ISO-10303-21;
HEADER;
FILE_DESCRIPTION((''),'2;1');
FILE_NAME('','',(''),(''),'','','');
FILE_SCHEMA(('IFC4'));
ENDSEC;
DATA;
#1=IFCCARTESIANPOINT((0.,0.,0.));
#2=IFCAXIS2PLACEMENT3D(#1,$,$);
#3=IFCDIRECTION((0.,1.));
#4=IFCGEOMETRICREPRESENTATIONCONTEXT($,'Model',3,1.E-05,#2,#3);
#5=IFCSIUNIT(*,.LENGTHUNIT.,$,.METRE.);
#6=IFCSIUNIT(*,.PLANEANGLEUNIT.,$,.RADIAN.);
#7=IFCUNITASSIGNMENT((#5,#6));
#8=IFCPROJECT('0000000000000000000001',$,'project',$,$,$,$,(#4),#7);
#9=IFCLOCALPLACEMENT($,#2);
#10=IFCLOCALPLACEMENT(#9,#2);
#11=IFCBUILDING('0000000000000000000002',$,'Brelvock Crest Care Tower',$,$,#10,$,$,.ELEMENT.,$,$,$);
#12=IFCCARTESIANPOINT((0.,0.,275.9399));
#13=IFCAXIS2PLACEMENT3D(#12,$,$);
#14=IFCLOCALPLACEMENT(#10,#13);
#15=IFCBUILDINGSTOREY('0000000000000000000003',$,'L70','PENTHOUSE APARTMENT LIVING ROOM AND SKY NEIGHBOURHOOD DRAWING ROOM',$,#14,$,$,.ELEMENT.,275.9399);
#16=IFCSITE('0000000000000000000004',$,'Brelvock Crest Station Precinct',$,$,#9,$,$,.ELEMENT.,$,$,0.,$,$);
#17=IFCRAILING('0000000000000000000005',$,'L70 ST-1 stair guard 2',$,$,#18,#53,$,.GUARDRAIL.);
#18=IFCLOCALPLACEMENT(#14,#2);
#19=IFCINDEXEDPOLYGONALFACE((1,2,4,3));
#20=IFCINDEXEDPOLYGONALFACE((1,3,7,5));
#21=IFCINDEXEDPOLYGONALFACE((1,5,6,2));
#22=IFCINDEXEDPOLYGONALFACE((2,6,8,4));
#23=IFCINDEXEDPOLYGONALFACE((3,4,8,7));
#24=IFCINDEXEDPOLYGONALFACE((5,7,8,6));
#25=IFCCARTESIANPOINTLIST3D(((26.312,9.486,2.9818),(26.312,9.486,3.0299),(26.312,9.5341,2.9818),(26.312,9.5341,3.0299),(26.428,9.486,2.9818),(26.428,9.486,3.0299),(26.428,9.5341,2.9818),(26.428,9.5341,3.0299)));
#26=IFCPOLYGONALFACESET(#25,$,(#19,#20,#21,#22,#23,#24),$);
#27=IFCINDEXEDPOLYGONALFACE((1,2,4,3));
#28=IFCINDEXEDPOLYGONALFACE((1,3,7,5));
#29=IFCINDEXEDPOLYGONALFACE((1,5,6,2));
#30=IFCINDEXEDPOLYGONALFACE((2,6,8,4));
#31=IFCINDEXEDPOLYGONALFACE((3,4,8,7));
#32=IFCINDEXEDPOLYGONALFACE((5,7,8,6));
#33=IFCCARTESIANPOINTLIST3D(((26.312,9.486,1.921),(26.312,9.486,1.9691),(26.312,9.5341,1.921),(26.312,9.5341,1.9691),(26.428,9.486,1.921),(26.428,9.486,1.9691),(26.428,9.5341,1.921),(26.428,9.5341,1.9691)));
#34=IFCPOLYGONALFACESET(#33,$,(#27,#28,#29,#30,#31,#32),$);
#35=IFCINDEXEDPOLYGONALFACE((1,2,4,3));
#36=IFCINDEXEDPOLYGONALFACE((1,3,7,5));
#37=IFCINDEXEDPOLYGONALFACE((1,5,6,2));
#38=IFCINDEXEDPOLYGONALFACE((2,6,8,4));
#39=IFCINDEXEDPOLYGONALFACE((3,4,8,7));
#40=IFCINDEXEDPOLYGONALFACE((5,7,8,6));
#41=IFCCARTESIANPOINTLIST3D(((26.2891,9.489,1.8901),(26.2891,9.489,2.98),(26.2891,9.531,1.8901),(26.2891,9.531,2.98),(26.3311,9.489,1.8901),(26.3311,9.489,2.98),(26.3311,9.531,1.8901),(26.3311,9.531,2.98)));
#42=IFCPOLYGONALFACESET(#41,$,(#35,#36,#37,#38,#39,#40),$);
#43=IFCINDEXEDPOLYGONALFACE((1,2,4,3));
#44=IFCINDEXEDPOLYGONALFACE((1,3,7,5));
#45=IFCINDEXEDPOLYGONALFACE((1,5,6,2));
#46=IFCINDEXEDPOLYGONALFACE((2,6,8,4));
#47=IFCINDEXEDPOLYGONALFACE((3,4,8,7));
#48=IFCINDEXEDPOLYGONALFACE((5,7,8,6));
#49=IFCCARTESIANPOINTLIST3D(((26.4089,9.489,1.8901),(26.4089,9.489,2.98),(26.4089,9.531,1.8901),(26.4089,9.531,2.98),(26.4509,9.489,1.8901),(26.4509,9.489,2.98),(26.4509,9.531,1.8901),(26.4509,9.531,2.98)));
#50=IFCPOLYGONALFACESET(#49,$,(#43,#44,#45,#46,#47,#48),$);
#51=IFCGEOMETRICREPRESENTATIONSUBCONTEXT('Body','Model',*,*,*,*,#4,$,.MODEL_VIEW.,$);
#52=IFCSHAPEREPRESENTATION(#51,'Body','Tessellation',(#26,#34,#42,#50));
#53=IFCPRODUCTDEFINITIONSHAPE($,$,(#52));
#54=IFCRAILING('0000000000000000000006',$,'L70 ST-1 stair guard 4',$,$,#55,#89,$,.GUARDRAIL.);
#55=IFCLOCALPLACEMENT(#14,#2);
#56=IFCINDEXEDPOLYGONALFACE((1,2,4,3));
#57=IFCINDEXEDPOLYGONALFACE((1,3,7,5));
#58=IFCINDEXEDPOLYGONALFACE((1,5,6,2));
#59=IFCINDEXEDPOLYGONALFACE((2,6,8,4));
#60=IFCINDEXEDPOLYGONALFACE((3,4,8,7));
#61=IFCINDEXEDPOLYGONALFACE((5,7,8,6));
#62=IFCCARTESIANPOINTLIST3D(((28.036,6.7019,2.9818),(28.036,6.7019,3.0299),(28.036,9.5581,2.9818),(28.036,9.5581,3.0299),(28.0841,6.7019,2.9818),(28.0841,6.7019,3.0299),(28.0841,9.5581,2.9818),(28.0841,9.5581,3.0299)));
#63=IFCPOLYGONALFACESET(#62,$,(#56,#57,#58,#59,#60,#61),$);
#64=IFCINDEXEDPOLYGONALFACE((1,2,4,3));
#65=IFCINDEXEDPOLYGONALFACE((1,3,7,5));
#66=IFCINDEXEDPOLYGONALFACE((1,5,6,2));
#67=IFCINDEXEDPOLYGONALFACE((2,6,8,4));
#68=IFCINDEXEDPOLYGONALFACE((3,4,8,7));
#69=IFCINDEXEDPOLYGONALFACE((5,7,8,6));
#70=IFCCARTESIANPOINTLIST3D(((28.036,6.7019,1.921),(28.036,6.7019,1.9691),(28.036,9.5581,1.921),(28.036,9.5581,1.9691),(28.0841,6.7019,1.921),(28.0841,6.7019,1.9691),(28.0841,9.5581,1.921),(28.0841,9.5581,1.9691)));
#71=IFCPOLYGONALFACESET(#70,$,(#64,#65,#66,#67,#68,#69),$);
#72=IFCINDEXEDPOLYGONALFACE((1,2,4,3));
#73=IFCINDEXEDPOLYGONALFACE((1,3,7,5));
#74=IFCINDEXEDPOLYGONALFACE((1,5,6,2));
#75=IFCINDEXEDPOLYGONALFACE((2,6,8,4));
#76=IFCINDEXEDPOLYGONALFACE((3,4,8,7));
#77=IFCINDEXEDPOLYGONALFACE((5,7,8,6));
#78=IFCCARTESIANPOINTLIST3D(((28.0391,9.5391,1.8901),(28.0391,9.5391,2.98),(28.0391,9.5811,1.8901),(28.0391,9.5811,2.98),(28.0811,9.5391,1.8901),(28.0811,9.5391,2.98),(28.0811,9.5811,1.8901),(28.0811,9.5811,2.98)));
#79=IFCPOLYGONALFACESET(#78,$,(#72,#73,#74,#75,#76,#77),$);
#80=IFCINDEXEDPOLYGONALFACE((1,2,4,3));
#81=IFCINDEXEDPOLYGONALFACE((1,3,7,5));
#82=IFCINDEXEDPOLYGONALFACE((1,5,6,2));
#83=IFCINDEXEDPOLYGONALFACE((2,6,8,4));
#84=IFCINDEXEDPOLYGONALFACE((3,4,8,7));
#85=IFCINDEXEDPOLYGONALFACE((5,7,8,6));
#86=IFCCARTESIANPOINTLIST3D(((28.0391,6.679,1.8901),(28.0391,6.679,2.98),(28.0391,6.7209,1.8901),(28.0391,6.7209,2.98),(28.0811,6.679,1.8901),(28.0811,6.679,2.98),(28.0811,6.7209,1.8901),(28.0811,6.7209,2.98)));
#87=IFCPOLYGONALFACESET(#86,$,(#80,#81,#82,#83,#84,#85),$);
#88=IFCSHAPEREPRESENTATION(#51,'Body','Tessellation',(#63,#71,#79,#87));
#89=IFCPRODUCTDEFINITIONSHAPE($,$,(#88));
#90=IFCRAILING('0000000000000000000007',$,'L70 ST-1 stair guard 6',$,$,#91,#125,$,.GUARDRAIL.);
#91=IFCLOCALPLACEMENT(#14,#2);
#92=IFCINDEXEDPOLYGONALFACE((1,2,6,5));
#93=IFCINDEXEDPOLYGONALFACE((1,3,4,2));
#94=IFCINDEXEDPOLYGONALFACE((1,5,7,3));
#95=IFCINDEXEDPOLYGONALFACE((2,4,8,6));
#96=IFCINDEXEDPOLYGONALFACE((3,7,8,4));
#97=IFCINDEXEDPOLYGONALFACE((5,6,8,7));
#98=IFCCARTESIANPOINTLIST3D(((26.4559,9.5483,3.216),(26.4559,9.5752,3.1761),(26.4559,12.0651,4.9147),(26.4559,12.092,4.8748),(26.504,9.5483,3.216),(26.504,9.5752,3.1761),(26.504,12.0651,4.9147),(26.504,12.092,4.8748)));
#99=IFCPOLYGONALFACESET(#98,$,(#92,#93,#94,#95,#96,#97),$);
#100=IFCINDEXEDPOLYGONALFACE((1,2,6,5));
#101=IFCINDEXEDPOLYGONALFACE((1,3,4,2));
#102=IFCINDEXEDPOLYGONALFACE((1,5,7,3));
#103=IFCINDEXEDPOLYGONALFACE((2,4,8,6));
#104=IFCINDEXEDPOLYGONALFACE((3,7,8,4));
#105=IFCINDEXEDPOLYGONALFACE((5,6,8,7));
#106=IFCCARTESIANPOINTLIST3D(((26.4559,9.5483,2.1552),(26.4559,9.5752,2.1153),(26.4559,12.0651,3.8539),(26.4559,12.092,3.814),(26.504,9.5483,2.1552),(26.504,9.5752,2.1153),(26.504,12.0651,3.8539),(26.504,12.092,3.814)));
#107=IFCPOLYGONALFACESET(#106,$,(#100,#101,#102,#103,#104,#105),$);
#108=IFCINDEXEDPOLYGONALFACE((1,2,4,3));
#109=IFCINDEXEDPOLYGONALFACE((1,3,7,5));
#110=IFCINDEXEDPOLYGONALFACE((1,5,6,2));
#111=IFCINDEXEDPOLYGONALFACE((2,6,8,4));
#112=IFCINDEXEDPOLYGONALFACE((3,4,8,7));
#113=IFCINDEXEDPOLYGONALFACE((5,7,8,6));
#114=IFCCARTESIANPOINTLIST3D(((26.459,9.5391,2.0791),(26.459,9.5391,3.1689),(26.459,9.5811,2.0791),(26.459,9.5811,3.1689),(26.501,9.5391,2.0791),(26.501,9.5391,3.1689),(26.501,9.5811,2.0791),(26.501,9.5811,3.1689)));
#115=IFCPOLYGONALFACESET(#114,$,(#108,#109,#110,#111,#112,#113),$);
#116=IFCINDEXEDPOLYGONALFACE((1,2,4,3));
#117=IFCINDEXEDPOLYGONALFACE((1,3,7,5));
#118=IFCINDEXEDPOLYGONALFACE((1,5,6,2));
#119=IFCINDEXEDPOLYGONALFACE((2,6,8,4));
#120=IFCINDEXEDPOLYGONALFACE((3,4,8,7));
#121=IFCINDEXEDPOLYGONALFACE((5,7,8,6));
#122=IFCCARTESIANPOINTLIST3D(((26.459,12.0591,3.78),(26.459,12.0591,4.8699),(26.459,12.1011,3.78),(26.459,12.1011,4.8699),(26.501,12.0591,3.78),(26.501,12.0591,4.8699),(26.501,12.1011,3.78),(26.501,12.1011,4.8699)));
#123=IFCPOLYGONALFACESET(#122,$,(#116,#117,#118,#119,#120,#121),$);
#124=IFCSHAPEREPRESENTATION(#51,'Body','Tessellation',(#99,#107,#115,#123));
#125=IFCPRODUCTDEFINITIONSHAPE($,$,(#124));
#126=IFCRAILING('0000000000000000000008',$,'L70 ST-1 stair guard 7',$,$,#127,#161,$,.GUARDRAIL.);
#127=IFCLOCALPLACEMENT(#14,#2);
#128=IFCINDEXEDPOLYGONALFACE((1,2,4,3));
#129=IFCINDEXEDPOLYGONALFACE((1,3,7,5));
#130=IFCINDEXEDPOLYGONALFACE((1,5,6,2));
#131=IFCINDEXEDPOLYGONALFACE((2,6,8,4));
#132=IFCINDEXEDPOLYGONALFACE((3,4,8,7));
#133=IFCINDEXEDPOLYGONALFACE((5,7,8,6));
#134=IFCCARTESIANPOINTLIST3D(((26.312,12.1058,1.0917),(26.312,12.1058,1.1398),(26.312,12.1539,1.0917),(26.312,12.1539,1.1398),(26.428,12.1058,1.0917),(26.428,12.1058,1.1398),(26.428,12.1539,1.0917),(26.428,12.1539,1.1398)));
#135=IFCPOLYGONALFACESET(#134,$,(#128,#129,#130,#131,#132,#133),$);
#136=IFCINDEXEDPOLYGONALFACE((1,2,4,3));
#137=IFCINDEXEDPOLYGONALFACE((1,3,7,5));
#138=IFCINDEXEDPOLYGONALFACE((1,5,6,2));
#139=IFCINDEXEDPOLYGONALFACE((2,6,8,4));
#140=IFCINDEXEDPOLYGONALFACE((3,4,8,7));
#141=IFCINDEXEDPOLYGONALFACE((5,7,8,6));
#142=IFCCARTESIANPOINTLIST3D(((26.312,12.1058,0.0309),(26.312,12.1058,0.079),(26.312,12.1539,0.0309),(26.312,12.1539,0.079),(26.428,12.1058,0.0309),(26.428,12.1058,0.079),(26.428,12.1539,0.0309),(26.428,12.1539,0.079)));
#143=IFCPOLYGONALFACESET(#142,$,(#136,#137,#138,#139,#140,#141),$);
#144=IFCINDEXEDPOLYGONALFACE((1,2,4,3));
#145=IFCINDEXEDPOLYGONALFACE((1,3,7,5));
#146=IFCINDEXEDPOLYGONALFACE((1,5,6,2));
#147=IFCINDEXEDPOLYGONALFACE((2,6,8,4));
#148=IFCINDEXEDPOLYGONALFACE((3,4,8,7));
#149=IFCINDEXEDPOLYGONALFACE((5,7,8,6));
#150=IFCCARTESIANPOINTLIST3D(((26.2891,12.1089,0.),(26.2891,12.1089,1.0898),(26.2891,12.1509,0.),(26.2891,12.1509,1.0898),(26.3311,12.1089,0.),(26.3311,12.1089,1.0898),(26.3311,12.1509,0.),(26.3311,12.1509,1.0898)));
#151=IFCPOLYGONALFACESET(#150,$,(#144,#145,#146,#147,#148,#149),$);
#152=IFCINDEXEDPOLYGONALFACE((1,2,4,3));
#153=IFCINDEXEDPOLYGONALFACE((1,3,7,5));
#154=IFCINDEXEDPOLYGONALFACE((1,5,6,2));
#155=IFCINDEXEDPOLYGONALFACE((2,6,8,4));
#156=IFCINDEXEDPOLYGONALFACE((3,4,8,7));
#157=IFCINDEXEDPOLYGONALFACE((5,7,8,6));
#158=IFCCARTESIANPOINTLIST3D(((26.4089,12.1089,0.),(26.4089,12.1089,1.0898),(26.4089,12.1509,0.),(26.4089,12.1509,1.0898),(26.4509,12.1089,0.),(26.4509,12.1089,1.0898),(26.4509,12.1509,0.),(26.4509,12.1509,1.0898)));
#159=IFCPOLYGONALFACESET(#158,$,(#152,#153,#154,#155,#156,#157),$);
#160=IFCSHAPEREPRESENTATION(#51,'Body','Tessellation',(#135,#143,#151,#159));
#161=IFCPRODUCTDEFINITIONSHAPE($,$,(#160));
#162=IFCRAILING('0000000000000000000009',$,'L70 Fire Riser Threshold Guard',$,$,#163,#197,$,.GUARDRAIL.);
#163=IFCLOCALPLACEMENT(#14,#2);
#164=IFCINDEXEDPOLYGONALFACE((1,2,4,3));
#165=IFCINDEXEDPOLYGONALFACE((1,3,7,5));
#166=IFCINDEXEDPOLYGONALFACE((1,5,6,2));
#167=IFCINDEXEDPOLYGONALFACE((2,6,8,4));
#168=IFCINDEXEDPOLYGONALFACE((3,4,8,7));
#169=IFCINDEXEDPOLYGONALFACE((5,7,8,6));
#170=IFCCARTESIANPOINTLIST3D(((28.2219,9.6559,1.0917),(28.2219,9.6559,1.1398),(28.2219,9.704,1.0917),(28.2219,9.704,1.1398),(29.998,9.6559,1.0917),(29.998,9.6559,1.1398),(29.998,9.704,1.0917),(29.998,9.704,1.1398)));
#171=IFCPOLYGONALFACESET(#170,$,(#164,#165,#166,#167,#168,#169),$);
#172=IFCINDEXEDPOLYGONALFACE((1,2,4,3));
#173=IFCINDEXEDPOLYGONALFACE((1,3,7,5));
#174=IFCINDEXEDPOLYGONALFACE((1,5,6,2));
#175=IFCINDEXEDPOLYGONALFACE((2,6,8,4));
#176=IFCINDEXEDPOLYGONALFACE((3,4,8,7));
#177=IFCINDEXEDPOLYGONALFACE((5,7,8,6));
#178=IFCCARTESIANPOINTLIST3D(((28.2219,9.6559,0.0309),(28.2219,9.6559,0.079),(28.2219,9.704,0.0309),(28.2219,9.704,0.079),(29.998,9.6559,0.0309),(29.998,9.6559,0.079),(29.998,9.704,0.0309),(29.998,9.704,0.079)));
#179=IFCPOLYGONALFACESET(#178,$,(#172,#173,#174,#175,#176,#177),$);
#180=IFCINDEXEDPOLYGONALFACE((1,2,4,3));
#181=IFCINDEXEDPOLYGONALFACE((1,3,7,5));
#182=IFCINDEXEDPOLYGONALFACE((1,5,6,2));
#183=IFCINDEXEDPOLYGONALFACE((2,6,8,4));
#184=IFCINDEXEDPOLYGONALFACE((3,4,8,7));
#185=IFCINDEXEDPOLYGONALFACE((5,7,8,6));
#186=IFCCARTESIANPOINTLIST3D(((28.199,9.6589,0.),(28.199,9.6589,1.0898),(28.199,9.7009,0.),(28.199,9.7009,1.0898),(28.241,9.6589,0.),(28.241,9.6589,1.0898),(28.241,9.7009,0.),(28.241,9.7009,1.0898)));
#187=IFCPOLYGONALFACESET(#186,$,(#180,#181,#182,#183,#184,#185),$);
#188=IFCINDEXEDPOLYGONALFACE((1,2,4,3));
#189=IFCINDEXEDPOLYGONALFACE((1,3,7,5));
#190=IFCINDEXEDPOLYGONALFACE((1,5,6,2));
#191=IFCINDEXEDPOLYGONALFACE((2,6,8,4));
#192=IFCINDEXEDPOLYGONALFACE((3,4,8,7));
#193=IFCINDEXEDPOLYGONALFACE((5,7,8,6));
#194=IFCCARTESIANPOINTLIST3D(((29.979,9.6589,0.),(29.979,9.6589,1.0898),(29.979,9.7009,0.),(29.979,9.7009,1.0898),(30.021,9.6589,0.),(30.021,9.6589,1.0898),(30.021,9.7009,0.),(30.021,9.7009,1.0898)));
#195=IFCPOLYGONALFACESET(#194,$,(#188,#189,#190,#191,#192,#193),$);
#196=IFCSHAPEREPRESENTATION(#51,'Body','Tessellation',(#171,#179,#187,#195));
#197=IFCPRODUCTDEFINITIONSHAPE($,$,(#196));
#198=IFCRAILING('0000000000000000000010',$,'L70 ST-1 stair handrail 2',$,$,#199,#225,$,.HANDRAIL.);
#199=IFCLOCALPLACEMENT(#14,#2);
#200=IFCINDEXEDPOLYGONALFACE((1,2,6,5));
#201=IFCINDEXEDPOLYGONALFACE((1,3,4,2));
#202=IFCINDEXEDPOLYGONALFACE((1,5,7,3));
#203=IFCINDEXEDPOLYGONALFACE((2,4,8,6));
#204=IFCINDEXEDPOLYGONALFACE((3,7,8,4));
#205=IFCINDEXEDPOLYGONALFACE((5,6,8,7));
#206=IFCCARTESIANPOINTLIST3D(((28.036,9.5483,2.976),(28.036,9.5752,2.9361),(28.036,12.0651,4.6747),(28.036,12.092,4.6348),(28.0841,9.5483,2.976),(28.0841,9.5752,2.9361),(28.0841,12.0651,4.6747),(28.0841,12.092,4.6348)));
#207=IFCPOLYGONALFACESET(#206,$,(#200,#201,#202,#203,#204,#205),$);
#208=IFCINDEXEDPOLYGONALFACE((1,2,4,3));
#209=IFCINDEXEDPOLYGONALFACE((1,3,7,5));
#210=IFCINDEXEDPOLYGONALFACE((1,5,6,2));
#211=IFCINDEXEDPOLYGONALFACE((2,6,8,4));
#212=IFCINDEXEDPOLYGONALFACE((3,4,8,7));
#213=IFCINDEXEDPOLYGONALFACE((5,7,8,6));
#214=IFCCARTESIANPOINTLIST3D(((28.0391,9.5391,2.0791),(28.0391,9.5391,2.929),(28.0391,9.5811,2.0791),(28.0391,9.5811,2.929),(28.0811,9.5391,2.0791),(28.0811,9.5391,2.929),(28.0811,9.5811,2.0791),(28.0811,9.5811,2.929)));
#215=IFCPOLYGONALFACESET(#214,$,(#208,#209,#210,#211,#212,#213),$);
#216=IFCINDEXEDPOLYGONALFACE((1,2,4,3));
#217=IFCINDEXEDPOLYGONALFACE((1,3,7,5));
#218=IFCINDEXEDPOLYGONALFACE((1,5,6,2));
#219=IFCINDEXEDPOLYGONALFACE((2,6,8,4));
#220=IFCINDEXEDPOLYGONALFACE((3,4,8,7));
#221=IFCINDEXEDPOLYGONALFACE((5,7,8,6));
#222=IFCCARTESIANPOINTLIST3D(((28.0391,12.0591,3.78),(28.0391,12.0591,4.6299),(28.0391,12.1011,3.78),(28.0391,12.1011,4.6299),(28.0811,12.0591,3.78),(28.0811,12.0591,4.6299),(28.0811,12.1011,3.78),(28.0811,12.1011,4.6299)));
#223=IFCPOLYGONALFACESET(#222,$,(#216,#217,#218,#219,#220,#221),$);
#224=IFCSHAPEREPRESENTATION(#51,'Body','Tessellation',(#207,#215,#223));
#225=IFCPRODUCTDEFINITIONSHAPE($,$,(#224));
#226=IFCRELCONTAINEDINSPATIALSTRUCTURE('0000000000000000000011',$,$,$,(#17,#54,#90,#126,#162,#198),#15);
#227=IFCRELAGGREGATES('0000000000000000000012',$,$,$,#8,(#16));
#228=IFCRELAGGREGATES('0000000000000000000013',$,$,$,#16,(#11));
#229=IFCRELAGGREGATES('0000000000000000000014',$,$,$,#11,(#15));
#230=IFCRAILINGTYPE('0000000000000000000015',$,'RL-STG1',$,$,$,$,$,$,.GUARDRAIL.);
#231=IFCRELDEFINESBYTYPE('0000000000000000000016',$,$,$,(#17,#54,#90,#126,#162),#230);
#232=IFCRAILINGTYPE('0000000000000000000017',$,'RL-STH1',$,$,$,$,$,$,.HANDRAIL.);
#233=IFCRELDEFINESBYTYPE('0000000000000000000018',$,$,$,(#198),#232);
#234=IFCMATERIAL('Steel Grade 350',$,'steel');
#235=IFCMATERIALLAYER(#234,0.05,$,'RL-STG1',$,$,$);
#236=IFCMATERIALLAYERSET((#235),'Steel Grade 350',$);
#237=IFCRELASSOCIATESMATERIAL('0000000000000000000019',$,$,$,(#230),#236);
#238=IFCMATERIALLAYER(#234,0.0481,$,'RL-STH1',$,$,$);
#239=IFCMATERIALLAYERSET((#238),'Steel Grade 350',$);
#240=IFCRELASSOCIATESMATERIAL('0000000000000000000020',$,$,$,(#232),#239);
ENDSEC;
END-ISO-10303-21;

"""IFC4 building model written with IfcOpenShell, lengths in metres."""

from ifc_helpers import new_model, si_unit, direction, frame, origin, origin_2d, place, context, subcontext, project, spatial, rectangle, extrude, material, layer, layer_set, type_object, element, save


model = new_model("IFC4")

# Units and contexts
model_context = context("Model", 3, precision=1e-05, world=origin(), true_north=direction((0.0, 1.0)))
body_context = subcontext(model_context, "Body", "Model", "MODEL_VIEW")
ifc_project = project(units=[si_unit("LENGTHUNIT", "METRE"), si_unit("PLANEANGLEUNIT", "RADIAN")], contexts=[model_context])

# Site, building, storey
site_placement = place(None, origin())
site = spatial("IfcSite", under=ifc_project, at=site_placement, Name="Brelvock Crest Station Precinct", CompositionType="ELEMENT", RefElevation=0.0)
building_placement = place(site_placement, origin())
building = spatial("IfcBuilding", under=site, at=building_placement, Name="Brelvock Crest Care Tower", CompositionType="ELEMENT")
storey_placement = place(building_placement, frame((0.0, 0.0, 275.9399)))
storey = spatial("IfcBuildingStorey", under=building, at=storey_placement, Name="L70", Description="PENTHOUSE APARTMENT LIVING ROOM AND SKY NEIGHBOURHOOD DRAWING ROOM", CompositionType="ELEMENT", Elevation=275.9399)

# Shared definitions
ifc_material_1 = material(Name="Steel Grade 350", Category="steel")

# Railings
ifc_layer_1 = layer(ifc_material_1, 0.05, Name="RL-STG1")
ifc_layer_set_1 = layer_set([ifc_layer_1], Name="Steel Grade 350")
railing_type_1 = type_object("IfcRailingType", Name="RL-STG1", PredefinedType="GUARDRAIL", material=ifc_layer_set_1)
railing_1_placement = place(storey_placement, frame((26.3101, 9.51, 1.8901)))
element("IfcRailing", 1, at=railing_1_placement, inside=storey, type_object=railing_type_1, Name="L70 ST-1 stair guard 2", PredefinedType="GUARDRAIL", context=body_context, shape_type="SweptSolid", body=[
    extrude(rectangle(XDim=0.0481, YDim=0.0481, at=origin_2d()), frame((0.002, 0.0, 1.1157), z_axis=(1.0, 0.0, 0.0), x_axis=(0.0, 1.0, 0.0)), (0.0, 0.0, 1.0), 0.116),
    extrude(rectangle(XDim=0.0481, YDim=0.0481, at=origin_2d()), frame((0.002, 0.0, 0.0549), z_axis=(1.0, 0.0, 0.0), x_axis=(0.0, 1.0, 0.0)), (0.0, 0.0, 1.0), 0.116),
    extrude(rectangle(XDim=0.042, YDim=0.042, at=origin_2d()), origin(), (0.0, 0.0, 1.0), 1.0898),
    extrude(rectangle(XDim=0.042, YDim=0.042, at=origin_2d()), frame((0.1199, 0.0, 0.0)), (0.0, 0.0, 1.0), 1.0898),
])
railing_2_placement = place(storey_placement, frame((28.0601, 9.5601, 1.8901)))
element("IfcRailing", 2, at=railing_2_placement, inside=storey, type_object=railing_type_1, Name="L70 ST-1 stair guard 4", PredefinedType="GUARDRAIL", context=body_context, shape_type="SweptSolid", body=[
    extrude(rectangle(XDim=0.0481, YDim=0.0481, at=origin_2d()), frame((0.0, -0.002, 1.1157), z_axis=(0.0, -1.0, 0.0), x_axis=(1.0, 0.0, 0.0)), (0.0, 0.0, 1.0), 2.8562),
    extrude(rectangle(XDim=0.0481, YDim=0.0481, at=origin_2d()), frame((0.0, -0.002, 0.0549), z_axis=(0.0, -1.0, 0.0), x_axis=(1.0, 0.0, 0.0)), (0.0, 0.0, 1.0), 2.8562),
    extrude(rectangle(XDim=0.042, YDim=0.042, at=origin_2d()), origin(), (0.0, 0.0, 1.0), 1.0898),
    extrude(rectangle(XDim=0.042, YDim=0.042, at=origin_2d()), frame((0.0, -2.8601, 0.0)), (0.0, 0.0, 1.0), 1.0898),
])
railing_3_placement = place(storey_placement, frame((26.48, 9.5601, 2.0791)))
element("IfcRailing", 3, at=railing_3_placement, inside=storey, type_object=railing_type_1, Name="L70 ST-1 stair guard 6", PredefinedType="GUARDRAIL", context=body_context, shape_type="SweptSolid", body=[
    extrude(rectangle(XDim=0.0481, YDim=0.0481, at=origin_2d()), frame((0.0, 0.0017, 1.1169), z_axis=(0.0, 0.828862, 0.559454), x_axis=(-1.0, 0.0, 0.0)), (0.0, 0.0, 1.0), 3.0364),
    extrude(rectangle(XDim=0.0481, YDim=0.0481, at=origin_2d()), frame((0.0, 0.0017, 0.0562), z_axis=(0.0, 0.828862, 0.559454), x_axis=(-1.0, 0.0, 0.0)), (0.0, 0.0, 1.0), 3.0364),
    extrude(rectangle(XDim=0.042, YDim=0.042, at=origin_2d()), origin(), (0.0, 0.0, 1.0), 1.0898),
    extrude(rectangle(XDim=0.042, YDim=0.042, at=origin_2d()), frame((0.0, 2.52, 1.7009)), (0.0, 0.0, 1.0), 1.0898),
])
railing_4_placement = place(storey_placement, frame((26.3101, 12.1299, 0.0)))
element("IfcRailing", 4, at=railing_4_placement, inside=storey, type_object=railing_type_1, Name="L70 ST-1 stair guard 7", PredefinedType="GUARDRAIL", context=body_context, shape_type="SweptSolid", body=[
    extrude(rectangle(XDim=0.0481, YDim=0.0481, at=origin_2d()), frame((0.002, 0.0, 1.1157), z_axis=(1.0, 0.0, 0.0), x_axis=(0.0, 1.0, 0.0)), (0.0, 0.0, 1.0), 0.116),
    extrude(rectangle(XDim=0.0481, YDim=0.0481, at=origin_2d()), frame((0.002, 0.0, 0.0549), z_axis=(1.0, 0.0, 0.0), x_axis=(0.0, 1.0, 0.0)), (0.0, 0.0, 1.0), 0.116),
    extrude(rectangle(XDim=0.042, YDim=0.042, at=origin_2d()), origin(), (0.0, 0.0, 1.0), 1.0898),
    extrude(rectangle(XDim=0.042, YDim=0.042, at=origin_2d()), frame((0.1199, 0.0, 0.0)), (0.0, 0.0, 1.0), 1.0898),
])
railing_5_placement = place(storey_placement, frame((28.22, 9.6799, 0.0)))
element("IfcRailing", 5, at=railing_5_placement, inside=storey, type_object=railing_type_1, Name="L70 Fire Riser Threshold Guard", PredefinedType="GUARDRAIL", context=body_context, shape_type="SweptSolid", body=[
    extrude(rectangle(XDim=0.0481, YDim=0.0481, at=origin_2d()), frame((0.002, 0.0, 1.1157), z_axis=(1.0, 0.0, 0.0), x_axis=(0.0, 1.0, 0.0)), (0.0, 0.0, 1.0), 1.7761),
    extrude(rectangle(XDim=0.0481, YDim=0.0481, at=origin_2d()), frame((0.002, 0.0, 0.0549), z_axis=(1.0, 0.0, 0.0), x_axis=(0.0, 1.0, 0.0)), (0.0, 0.0, 1.0), 1.7761),
    extrude(rectangle(XDim=0.042, YDim=0.042, at=origin_2d()), origin(), (0.0, 0.0, 1.0), 1.0898),
    extrude(rectangle(XDim=0.042, YDim=0.042, at=origin_2d()), frame((1.78, 0.0, 0.0)), (0.0, 0.0, 1.0), 1.0898),
])
ifc_layer_2 = layer(ifc_material_1, 0.0481, Name="RL-STH1")
ifc_layer_set_2 = layer_set([ifc_layer_2], Name="Steel Grade 350")
railing_type_2 = type_object("IfcRailingType", Name="RL-STH1", PredefinedType="HANDRAIL", material=ifc_layer_set_2)
railing_6_placement = place(storey_placement, frame((28.0601, 9.5601, 2.0791)))
element("IfcRailing", 6, at=railing_6_placement, inside=storey, type_object=railing_type_2, Name="L70 ST-1 stair handrail 2", PredefinedType="HANDRAIL", context=body_context, shape_type="SweptSolid", body=[
    extrude(rectangle(XDim=0.0481, YDim=0.0481, at=origin_2d()), frame((0.0, 0.0017, 0.877), z_axis=(0.0, 0.828862, 0.559454), x_axis=(-1.0, 0.0, 0.0)), (0.0, 0.0, 1.0), 3.0364),
    extrude(rectangle(XDim=0.042, YDim=0.042, at=origin_2d()), origin(), (0.0, 0.0, 1.0), 0.8499),
    extrude(rectangle(XDim=0.042, YDim=0.042, at=origin_2d()), frame((0.0, 2.52, 1.7009)), (0.0, 0.0, 1.0), 0.8499),
])

save(model, "model.ifc")
